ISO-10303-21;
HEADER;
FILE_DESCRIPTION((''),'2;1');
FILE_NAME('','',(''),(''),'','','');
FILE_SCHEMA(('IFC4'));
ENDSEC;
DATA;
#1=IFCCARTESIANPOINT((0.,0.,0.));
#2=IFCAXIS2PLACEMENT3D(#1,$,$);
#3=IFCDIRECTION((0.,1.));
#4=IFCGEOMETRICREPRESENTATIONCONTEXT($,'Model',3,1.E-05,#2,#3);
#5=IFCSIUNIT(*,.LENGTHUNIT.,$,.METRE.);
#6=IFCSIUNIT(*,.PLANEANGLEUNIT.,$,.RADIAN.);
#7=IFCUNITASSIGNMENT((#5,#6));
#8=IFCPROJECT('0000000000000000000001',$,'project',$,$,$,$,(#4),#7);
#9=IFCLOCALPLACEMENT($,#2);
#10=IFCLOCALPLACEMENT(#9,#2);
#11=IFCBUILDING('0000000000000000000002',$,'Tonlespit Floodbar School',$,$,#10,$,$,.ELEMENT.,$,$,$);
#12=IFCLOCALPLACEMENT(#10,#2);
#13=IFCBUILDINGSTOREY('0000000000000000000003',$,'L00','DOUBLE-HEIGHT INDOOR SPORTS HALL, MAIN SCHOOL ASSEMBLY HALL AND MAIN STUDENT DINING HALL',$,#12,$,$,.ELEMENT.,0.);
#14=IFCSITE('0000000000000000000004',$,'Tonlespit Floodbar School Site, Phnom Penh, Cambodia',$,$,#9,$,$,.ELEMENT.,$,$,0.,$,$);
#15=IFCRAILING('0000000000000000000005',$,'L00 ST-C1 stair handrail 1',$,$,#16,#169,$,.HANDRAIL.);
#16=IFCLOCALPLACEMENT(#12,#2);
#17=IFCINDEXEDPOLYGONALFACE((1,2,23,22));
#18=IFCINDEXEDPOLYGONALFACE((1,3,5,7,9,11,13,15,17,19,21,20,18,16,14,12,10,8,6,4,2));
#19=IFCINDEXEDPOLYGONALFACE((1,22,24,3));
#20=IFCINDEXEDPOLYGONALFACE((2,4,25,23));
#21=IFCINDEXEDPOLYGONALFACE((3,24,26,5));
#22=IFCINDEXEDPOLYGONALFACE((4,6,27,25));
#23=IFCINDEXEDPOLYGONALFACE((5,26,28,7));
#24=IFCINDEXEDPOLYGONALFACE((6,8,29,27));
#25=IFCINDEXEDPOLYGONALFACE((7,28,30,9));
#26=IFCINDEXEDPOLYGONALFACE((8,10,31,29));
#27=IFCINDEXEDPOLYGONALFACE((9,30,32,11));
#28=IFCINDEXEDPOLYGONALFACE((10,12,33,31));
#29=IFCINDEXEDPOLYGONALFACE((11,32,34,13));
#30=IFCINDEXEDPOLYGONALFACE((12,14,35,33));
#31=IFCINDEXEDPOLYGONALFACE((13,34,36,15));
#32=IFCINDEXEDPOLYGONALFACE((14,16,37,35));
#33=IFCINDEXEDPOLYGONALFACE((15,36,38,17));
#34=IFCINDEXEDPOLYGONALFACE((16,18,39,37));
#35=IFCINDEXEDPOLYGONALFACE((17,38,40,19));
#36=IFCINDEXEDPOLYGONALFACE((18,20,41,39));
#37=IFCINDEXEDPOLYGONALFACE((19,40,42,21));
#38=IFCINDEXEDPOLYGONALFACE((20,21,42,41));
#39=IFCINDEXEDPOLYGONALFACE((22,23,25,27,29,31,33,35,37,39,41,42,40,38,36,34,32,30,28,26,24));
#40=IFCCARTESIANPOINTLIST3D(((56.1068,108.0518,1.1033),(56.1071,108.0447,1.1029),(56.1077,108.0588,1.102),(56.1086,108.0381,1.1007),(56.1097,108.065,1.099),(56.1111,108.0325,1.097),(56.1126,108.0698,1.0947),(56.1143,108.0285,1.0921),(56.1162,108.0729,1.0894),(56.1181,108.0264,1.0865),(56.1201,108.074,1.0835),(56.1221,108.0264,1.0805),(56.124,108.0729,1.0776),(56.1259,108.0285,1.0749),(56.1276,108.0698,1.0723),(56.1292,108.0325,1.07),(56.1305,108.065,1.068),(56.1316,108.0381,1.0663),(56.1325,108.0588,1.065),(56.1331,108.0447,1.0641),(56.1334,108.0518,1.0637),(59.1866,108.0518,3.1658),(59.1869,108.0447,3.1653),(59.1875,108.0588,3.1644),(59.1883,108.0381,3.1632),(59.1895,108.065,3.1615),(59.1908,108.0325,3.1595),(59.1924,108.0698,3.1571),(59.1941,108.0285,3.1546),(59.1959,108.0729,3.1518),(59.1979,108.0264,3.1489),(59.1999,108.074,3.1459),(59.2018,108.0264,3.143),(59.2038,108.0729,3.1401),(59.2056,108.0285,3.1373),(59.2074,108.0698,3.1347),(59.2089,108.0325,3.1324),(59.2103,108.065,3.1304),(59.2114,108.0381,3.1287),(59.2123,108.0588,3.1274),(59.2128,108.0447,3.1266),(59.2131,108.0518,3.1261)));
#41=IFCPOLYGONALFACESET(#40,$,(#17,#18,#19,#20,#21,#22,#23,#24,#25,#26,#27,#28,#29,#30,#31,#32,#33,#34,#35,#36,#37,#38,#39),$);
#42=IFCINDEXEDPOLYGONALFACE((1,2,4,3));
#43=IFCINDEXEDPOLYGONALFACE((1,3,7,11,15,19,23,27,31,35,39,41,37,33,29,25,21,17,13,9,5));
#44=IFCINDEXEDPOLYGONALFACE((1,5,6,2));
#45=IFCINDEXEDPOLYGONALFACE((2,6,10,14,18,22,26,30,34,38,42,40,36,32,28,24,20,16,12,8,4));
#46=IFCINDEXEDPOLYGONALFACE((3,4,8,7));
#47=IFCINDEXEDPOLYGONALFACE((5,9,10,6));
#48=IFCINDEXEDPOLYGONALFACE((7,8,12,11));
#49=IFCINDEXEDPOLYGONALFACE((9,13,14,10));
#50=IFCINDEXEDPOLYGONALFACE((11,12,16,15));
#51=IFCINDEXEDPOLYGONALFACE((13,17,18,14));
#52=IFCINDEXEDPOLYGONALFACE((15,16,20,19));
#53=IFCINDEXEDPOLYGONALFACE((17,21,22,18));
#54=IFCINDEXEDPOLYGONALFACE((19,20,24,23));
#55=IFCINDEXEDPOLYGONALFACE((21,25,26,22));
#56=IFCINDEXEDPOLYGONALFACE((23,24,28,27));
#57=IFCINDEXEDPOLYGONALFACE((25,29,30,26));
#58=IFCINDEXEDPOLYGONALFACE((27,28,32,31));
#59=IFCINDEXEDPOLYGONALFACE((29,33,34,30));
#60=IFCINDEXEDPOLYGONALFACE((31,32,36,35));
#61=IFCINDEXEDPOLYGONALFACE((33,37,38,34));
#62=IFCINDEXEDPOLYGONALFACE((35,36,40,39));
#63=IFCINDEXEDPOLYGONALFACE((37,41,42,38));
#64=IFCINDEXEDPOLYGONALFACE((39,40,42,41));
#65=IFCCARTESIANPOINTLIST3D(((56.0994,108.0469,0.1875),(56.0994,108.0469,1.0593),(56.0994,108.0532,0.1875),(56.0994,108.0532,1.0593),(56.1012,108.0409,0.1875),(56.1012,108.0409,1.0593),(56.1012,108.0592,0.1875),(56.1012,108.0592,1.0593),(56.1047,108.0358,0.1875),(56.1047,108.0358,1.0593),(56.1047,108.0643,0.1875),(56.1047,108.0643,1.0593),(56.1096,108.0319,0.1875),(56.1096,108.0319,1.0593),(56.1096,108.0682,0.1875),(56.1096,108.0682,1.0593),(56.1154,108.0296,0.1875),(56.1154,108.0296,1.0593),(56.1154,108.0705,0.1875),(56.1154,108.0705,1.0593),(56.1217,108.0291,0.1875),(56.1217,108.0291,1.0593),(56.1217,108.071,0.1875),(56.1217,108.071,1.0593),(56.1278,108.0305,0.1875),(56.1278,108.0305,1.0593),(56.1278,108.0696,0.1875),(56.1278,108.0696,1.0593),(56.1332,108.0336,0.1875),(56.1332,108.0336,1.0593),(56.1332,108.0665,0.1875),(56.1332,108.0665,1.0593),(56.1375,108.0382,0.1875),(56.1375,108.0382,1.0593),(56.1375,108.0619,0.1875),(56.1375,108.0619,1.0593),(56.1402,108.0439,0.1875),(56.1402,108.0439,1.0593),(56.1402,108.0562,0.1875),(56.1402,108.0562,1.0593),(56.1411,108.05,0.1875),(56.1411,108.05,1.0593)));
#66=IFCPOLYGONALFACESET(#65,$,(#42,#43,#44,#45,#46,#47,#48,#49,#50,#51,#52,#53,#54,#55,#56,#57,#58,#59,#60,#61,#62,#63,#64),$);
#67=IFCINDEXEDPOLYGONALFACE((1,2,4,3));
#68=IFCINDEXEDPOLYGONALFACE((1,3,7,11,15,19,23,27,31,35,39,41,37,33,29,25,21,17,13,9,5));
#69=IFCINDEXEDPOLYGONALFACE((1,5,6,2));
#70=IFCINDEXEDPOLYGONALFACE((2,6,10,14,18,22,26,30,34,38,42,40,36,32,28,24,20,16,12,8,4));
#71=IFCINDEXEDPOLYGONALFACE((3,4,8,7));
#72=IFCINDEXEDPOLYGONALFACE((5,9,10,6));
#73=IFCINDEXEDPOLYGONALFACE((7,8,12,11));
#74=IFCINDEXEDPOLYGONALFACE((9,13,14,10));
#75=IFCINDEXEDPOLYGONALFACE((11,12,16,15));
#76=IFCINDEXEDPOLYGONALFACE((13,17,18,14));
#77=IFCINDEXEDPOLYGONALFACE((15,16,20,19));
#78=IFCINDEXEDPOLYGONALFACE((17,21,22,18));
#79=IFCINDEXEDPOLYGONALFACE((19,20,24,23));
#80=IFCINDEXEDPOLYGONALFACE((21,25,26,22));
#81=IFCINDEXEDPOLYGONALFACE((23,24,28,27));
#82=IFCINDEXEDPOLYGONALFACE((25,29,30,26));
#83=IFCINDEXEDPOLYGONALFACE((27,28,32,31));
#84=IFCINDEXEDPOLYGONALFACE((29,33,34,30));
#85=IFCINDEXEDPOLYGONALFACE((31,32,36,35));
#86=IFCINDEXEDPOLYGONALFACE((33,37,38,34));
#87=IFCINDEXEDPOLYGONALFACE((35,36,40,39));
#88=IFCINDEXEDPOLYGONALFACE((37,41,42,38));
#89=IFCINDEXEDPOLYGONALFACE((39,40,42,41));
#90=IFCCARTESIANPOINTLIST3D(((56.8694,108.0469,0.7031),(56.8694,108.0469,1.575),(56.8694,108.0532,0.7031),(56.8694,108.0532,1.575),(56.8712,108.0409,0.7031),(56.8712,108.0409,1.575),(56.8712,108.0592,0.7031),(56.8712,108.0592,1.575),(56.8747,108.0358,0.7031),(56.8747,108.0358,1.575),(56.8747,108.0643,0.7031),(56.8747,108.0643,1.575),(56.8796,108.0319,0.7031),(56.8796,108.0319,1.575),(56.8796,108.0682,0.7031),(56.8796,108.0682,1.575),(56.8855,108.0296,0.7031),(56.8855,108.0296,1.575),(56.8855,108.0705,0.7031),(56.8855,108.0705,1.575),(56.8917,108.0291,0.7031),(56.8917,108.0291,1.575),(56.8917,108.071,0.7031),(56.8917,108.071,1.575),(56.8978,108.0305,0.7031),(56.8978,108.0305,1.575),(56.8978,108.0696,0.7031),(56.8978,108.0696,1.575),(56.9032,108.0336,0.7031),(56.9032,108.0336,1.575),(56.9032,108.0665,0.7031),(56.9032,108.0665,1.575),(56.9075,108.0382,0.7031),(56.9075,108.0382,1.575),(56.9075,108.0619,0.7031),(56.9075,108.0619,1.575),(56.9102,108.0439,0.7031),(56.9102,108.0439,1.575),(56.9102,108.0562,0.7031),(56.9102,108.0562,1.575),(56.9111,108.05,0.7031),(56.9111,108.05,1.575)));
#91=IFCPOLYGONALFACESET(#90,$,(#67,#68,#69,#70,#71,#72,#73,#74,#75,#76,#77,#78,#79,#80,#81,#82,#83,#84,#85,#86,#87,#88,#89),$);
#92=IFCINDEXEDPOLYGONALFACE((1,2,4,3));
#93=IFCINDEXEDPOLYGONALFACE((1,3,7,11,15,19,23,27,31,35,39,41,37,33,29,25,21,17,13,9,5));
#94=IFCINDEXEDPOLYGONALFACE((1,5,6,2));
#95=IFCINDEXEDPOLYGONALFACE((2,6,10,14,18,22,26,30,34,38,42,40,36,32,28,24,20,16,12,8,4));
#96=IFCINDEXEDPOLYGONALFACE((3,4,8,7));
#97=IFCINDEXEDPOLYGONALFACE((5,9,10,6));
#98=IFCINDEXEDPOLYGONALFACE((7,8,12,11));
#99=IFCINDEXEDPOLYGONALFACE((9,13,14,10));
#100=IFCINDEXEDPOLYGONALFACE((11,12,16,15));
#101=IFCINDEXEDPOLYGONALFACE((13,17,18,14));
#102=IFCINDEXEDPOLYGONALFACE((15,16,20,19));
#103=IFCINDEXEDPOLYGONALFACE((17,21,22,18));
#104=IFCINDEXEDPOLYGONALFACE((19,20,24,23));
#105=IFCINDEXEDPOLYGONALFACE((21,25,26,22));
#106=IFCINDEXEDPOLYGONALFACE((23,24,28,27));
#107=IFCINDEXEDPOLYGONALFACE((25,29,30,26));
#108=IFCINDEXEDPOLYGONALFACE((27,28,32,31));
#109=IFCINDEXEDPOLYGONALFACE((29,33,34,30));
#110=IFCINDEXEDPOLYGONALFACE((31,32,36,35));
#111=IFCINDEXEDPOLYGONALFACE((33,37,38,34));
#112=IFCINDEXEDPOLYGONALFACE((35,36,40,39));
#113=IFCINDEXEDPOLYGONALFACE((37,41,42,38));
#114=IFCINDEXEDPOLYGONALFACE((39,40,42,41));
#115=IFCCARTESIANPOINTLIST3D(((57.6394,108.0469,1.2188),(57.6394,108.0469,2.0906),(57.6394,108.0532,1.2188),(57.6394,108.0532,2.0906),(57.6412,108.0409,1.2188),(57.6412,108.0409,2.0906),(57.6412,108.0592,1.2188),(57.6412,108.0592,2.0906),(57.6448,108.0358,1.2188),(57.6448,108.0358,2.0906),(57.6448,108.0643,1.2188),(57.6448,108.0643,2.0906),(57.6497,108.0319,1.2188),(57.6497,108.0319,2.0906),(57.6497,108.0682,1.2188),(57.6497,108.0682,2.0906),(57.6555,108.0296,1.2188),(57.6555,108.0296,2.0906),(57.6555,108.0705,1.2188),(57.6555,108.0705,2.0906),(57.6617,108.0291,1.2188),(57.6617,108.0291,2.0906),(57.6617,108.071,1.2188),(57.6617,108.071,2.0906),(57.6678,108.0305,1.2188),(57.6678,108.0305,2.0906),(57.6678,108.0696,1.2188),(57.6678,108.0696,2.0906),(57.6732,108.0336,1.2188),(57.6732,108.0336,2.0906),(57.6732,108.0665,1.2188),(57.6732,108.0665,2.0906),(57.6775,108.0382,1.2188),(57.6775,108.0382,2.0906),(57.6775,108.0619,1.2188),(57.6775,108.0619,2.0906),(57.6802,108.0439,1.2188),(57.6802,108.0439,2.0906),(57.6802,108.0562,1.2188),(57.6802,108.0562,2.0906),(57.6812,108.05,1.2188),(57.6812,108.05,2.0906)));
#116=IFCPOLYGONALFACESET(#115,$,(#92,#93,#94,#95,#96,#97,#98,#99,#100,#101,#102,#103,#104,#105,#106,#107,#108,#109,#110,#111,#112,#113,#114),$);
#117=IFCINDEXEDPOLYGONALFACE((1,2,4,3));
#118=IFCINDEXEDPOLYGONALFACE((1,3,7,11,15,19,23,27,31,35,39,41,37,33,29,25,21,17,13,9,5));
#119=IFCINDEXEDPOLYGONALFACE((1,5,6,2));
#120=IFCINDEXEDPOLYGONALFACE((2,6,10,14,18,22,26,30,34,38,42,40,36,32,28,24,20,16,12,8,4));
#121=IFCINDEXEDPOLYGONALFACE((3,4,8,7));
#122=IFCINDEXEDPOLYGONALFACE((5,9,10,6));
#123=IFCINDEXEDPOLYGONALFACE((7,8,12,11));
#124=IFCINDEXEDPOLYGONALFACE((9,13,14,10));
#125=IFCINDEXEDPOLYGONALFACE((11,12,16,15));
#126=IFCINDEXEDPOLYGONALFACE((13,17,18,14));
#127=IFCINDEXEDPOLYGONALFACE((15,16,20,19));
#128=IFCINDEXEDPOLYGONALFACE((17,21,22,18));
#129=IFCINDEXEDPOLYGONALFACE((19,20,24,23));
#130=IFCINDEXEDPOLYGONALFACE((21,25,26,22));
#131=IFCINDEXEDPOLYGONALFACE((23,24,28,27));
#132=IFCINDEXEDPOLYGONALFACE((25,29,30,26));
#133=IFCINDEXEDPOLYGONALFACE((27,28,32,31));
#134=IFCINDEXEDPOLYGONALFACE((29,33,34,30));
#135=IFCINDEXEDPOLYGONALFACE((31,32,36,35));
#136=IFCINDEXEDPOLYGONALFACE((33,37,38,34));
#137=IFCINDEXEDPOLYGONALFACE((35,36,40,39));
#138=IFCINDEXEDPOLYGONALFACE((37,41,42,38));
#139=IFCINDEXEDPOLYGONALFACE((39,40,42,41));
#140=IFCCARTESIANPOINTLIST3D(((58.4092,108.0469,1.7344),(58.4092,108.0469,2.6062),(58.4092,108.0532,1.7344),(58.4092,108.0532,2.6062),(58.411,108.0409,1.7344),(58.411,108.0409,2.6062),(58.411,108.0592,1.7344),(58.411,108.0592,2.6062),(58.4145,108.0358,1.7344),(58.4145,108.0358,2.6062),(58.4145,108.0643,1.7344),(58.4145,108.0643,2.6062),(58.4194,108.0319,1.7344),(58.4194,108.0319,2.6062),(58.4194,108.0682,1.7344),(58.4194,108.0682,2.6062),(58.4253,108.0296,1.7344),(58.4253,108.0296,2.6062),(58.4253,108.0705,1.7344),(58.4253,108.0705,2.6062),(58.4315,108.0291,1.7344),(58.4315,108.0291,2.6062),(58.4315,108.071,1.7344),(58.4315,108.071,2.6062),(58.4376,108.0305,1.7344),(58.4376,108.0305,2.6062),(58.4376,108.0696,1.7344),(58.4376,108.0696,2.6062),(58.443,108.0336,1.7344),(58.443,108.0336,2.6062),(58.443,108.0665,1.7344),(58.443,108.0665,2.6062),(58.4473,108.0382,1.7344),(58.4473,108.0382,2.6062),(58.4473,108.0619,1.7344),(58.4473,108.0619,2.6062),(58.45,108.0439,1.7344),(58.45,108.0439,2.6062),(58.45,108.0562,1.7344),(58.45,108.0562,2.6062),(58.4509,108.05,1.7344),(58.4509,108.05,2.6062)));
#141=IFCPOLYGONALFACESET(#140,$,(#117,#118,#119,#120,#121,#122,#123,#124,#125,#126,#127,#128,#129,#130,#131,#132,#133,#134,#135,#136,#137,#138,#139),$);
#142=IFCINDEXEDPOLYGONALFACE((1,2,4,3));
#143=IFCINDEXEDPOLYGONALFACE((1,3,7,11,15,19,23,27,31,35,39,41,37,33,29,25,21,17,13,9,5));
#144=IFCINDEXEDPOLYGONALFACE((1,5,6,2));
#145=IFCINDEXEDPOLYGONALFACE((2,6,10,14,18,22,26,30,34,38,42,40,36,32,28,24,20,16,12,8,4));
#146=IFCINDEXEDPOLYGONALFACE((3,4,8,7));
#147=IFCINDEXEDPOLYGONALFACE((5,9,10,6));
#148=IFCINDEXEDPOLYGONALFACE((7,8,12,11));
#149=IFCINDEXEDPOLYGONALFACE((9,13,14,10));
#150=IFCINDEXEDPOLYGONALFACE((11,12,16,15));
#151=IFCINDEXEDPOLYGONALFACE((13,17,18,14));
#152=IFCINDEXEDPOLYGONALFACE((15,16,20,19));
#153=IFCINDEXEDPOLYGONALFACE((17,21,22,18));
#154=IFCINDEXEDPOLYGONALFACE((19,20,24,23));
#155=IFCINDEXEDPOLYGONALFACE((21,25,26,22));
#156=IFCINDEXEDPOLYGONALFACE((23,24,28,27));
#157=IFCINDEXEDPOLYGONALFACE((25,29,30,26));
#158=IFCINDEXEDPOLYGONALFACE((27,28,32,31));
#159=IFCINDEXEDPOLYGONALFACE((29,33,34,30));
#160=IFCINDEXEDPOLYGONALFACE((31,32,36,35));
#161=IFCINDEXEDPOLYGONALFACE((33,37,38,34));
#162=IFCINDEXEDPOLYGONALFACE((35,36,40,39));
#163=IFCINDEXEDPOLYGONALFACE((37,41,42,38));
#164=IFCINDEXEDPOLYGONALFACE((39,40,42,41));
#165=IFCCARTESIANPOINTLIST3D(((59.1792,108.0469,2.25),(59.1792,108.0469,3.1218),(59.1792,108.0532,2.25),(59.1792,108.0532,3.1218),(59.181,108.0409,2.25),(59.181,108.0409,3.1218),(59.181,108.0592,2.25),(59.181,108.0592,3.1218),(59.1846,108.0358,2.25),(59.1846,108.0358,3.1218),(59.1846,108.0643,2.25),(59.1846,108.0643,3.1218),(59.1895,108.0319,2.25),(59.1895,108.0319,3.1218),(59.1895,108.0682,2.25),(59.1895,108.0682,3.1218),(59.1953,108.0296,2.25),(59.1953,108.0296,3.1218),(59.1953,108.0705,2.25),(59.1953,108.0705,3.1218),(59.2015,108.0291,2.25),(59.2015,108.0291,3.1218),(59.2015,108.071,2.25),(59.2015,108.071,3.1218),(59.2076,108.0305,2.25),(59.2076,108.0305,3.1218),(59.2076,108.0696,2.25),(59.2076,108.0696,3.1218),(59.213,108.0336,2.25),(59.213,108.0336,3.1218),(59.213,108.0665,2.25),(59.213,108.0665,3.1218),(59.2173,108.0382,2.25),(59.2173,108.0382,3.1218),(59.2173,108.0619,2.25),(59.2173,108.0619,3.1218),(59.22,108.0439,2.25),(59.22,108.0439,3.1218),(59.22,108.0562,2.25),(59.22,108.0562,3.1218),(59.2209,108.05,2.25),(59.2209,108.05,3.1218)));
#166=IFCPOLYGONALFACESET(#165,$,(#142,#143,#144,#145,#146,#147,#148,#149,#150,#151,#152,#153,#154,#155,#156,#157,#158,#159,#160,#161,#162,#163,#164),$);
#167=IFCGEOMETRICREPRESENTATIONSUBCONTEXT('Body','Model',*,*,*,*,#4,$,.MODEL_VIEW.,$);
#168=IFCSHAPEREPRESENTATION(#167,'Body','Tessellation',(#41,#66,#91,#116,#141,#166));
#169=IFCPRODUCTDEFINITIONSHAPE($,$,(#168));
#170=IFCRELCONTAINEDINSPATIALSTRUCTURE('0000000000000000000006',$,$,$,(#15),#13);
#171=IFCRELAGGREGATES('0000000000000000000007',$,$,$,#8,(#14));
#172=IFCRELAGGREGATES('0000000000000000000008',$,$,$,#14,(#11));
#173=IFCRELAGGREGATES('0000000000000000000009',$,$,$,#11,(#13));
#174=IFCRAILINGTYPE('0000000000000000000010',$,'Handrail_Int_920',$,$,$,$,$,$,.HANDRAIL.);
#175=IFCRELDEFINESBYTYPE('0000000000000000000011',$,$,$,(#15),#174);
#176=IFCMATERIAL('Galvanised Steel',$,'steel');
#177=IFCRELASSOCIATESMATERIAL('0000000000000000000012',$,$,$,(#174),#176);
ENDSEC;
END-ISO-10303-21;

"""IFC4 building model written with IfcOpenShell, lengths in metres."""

from ifc_helpers import new_model, si_unit, direction, frame, origin, origin_2d, place, context, subcontext, project, spatial, circle, extrude, material, type_object, element, save


model = new_model("IFC4")

# Units and contexts
model_context = context("Model", 3, precision=1e-05, world=origin(), true_north=direction((0.0, 1.0)))
body_context = subcontext(model_context, "Body", "Model", "MODEL_VIEW")
ifc_project = project(units=[si_unit("LENGTHUNIT", "METRE"), si_unit("PLANEANGLEUNIT", "RADIAN")], contexts=[model_context])

# Site, building, storey
site_placement = place(None, origin())
site = spatial("IfcSite", under=ifc_project, at=site_placement, Name="Tonlespit Floodbar School Site, Phnom Penh, Cambodia", CompositionType="ELEMENT", RefElevation=0.0)
building_placement = place(site_placement, origin())
building = spatial("IfcBuilding", under=site, at=building_placement, Name="Tonlespit Floodbar School", CompositionType="ELEMENT")
storey_placement = place(building_placement, origin())
storey = spatial("IfcBuildingStorey", under=building, at=storey_placement, Name="L00", Description="DOUBLE-HEIGHT INDOOR SPORTS HALL, MAIN SCHOOL ASSEMBLY HALL AND MAIN STUDENT DINING HALL", CompositionType="ELEMENT", Elevation=0.0)

# Shared definitions
ifc_material_1 = material(Name="Galvanised Steel", Category="steel")

# Railing
railing_type_1 = type_object("IfcRailingType", Name="Handrail_Int_920", PredefinedType="HANDRAIL", material=ifc_material_1)
railing_1_placement = place(storey_placement, frame((56.1201, 108.05, 0.1875)))
element("IfcRailing", 1, at=railing_1_placement, inside=storey, type_object=railing_type_1, Name="L00 ST-C1 stair handrail 1", PredefinedType="HANDRAIL", context=body_context, shape_type="SweptSolid", body=[
    extrude(circle(Radius=0.0239, at=origin_2d()), frame((0.0, 0.0, 0.896), z_axis=(0.830893, 0.0, 0.556432), x_axis=(0.0, 1.0, 0.0)), (0.0, 0.0, 1.0), 3.7065),
    extrude(circle(Radius=0.021, at=origin_2d()), origin(), (0.0, 0.0, 1.0), 0.8718),
    extrude(circle(Radius=0.021, at=origin_2d()), frame((0.77, 0.0, 0.5156)), (0.0, 0.0, 1.0), 0.8718),
    extrude(circle(Radius=0.021, at=origin_2d()), frame((1.54, 0.0, 1.0312)), (0.0, 0.0, 1.0), 0.8718),
    extrude(circle(Radius=0.021, at=origin_2d()), frame((2.3098, 0.0, 1.5469)), (0.0, 0.0, 1.0), 0.8718),
    extrude(circle(Radius=0.021, at=origin_2d()), frame((3.0798, 0.0, 2.0625)), (0.0, 0.0, 1.0), 0.8718),
])

save(model, "model.ifc")
